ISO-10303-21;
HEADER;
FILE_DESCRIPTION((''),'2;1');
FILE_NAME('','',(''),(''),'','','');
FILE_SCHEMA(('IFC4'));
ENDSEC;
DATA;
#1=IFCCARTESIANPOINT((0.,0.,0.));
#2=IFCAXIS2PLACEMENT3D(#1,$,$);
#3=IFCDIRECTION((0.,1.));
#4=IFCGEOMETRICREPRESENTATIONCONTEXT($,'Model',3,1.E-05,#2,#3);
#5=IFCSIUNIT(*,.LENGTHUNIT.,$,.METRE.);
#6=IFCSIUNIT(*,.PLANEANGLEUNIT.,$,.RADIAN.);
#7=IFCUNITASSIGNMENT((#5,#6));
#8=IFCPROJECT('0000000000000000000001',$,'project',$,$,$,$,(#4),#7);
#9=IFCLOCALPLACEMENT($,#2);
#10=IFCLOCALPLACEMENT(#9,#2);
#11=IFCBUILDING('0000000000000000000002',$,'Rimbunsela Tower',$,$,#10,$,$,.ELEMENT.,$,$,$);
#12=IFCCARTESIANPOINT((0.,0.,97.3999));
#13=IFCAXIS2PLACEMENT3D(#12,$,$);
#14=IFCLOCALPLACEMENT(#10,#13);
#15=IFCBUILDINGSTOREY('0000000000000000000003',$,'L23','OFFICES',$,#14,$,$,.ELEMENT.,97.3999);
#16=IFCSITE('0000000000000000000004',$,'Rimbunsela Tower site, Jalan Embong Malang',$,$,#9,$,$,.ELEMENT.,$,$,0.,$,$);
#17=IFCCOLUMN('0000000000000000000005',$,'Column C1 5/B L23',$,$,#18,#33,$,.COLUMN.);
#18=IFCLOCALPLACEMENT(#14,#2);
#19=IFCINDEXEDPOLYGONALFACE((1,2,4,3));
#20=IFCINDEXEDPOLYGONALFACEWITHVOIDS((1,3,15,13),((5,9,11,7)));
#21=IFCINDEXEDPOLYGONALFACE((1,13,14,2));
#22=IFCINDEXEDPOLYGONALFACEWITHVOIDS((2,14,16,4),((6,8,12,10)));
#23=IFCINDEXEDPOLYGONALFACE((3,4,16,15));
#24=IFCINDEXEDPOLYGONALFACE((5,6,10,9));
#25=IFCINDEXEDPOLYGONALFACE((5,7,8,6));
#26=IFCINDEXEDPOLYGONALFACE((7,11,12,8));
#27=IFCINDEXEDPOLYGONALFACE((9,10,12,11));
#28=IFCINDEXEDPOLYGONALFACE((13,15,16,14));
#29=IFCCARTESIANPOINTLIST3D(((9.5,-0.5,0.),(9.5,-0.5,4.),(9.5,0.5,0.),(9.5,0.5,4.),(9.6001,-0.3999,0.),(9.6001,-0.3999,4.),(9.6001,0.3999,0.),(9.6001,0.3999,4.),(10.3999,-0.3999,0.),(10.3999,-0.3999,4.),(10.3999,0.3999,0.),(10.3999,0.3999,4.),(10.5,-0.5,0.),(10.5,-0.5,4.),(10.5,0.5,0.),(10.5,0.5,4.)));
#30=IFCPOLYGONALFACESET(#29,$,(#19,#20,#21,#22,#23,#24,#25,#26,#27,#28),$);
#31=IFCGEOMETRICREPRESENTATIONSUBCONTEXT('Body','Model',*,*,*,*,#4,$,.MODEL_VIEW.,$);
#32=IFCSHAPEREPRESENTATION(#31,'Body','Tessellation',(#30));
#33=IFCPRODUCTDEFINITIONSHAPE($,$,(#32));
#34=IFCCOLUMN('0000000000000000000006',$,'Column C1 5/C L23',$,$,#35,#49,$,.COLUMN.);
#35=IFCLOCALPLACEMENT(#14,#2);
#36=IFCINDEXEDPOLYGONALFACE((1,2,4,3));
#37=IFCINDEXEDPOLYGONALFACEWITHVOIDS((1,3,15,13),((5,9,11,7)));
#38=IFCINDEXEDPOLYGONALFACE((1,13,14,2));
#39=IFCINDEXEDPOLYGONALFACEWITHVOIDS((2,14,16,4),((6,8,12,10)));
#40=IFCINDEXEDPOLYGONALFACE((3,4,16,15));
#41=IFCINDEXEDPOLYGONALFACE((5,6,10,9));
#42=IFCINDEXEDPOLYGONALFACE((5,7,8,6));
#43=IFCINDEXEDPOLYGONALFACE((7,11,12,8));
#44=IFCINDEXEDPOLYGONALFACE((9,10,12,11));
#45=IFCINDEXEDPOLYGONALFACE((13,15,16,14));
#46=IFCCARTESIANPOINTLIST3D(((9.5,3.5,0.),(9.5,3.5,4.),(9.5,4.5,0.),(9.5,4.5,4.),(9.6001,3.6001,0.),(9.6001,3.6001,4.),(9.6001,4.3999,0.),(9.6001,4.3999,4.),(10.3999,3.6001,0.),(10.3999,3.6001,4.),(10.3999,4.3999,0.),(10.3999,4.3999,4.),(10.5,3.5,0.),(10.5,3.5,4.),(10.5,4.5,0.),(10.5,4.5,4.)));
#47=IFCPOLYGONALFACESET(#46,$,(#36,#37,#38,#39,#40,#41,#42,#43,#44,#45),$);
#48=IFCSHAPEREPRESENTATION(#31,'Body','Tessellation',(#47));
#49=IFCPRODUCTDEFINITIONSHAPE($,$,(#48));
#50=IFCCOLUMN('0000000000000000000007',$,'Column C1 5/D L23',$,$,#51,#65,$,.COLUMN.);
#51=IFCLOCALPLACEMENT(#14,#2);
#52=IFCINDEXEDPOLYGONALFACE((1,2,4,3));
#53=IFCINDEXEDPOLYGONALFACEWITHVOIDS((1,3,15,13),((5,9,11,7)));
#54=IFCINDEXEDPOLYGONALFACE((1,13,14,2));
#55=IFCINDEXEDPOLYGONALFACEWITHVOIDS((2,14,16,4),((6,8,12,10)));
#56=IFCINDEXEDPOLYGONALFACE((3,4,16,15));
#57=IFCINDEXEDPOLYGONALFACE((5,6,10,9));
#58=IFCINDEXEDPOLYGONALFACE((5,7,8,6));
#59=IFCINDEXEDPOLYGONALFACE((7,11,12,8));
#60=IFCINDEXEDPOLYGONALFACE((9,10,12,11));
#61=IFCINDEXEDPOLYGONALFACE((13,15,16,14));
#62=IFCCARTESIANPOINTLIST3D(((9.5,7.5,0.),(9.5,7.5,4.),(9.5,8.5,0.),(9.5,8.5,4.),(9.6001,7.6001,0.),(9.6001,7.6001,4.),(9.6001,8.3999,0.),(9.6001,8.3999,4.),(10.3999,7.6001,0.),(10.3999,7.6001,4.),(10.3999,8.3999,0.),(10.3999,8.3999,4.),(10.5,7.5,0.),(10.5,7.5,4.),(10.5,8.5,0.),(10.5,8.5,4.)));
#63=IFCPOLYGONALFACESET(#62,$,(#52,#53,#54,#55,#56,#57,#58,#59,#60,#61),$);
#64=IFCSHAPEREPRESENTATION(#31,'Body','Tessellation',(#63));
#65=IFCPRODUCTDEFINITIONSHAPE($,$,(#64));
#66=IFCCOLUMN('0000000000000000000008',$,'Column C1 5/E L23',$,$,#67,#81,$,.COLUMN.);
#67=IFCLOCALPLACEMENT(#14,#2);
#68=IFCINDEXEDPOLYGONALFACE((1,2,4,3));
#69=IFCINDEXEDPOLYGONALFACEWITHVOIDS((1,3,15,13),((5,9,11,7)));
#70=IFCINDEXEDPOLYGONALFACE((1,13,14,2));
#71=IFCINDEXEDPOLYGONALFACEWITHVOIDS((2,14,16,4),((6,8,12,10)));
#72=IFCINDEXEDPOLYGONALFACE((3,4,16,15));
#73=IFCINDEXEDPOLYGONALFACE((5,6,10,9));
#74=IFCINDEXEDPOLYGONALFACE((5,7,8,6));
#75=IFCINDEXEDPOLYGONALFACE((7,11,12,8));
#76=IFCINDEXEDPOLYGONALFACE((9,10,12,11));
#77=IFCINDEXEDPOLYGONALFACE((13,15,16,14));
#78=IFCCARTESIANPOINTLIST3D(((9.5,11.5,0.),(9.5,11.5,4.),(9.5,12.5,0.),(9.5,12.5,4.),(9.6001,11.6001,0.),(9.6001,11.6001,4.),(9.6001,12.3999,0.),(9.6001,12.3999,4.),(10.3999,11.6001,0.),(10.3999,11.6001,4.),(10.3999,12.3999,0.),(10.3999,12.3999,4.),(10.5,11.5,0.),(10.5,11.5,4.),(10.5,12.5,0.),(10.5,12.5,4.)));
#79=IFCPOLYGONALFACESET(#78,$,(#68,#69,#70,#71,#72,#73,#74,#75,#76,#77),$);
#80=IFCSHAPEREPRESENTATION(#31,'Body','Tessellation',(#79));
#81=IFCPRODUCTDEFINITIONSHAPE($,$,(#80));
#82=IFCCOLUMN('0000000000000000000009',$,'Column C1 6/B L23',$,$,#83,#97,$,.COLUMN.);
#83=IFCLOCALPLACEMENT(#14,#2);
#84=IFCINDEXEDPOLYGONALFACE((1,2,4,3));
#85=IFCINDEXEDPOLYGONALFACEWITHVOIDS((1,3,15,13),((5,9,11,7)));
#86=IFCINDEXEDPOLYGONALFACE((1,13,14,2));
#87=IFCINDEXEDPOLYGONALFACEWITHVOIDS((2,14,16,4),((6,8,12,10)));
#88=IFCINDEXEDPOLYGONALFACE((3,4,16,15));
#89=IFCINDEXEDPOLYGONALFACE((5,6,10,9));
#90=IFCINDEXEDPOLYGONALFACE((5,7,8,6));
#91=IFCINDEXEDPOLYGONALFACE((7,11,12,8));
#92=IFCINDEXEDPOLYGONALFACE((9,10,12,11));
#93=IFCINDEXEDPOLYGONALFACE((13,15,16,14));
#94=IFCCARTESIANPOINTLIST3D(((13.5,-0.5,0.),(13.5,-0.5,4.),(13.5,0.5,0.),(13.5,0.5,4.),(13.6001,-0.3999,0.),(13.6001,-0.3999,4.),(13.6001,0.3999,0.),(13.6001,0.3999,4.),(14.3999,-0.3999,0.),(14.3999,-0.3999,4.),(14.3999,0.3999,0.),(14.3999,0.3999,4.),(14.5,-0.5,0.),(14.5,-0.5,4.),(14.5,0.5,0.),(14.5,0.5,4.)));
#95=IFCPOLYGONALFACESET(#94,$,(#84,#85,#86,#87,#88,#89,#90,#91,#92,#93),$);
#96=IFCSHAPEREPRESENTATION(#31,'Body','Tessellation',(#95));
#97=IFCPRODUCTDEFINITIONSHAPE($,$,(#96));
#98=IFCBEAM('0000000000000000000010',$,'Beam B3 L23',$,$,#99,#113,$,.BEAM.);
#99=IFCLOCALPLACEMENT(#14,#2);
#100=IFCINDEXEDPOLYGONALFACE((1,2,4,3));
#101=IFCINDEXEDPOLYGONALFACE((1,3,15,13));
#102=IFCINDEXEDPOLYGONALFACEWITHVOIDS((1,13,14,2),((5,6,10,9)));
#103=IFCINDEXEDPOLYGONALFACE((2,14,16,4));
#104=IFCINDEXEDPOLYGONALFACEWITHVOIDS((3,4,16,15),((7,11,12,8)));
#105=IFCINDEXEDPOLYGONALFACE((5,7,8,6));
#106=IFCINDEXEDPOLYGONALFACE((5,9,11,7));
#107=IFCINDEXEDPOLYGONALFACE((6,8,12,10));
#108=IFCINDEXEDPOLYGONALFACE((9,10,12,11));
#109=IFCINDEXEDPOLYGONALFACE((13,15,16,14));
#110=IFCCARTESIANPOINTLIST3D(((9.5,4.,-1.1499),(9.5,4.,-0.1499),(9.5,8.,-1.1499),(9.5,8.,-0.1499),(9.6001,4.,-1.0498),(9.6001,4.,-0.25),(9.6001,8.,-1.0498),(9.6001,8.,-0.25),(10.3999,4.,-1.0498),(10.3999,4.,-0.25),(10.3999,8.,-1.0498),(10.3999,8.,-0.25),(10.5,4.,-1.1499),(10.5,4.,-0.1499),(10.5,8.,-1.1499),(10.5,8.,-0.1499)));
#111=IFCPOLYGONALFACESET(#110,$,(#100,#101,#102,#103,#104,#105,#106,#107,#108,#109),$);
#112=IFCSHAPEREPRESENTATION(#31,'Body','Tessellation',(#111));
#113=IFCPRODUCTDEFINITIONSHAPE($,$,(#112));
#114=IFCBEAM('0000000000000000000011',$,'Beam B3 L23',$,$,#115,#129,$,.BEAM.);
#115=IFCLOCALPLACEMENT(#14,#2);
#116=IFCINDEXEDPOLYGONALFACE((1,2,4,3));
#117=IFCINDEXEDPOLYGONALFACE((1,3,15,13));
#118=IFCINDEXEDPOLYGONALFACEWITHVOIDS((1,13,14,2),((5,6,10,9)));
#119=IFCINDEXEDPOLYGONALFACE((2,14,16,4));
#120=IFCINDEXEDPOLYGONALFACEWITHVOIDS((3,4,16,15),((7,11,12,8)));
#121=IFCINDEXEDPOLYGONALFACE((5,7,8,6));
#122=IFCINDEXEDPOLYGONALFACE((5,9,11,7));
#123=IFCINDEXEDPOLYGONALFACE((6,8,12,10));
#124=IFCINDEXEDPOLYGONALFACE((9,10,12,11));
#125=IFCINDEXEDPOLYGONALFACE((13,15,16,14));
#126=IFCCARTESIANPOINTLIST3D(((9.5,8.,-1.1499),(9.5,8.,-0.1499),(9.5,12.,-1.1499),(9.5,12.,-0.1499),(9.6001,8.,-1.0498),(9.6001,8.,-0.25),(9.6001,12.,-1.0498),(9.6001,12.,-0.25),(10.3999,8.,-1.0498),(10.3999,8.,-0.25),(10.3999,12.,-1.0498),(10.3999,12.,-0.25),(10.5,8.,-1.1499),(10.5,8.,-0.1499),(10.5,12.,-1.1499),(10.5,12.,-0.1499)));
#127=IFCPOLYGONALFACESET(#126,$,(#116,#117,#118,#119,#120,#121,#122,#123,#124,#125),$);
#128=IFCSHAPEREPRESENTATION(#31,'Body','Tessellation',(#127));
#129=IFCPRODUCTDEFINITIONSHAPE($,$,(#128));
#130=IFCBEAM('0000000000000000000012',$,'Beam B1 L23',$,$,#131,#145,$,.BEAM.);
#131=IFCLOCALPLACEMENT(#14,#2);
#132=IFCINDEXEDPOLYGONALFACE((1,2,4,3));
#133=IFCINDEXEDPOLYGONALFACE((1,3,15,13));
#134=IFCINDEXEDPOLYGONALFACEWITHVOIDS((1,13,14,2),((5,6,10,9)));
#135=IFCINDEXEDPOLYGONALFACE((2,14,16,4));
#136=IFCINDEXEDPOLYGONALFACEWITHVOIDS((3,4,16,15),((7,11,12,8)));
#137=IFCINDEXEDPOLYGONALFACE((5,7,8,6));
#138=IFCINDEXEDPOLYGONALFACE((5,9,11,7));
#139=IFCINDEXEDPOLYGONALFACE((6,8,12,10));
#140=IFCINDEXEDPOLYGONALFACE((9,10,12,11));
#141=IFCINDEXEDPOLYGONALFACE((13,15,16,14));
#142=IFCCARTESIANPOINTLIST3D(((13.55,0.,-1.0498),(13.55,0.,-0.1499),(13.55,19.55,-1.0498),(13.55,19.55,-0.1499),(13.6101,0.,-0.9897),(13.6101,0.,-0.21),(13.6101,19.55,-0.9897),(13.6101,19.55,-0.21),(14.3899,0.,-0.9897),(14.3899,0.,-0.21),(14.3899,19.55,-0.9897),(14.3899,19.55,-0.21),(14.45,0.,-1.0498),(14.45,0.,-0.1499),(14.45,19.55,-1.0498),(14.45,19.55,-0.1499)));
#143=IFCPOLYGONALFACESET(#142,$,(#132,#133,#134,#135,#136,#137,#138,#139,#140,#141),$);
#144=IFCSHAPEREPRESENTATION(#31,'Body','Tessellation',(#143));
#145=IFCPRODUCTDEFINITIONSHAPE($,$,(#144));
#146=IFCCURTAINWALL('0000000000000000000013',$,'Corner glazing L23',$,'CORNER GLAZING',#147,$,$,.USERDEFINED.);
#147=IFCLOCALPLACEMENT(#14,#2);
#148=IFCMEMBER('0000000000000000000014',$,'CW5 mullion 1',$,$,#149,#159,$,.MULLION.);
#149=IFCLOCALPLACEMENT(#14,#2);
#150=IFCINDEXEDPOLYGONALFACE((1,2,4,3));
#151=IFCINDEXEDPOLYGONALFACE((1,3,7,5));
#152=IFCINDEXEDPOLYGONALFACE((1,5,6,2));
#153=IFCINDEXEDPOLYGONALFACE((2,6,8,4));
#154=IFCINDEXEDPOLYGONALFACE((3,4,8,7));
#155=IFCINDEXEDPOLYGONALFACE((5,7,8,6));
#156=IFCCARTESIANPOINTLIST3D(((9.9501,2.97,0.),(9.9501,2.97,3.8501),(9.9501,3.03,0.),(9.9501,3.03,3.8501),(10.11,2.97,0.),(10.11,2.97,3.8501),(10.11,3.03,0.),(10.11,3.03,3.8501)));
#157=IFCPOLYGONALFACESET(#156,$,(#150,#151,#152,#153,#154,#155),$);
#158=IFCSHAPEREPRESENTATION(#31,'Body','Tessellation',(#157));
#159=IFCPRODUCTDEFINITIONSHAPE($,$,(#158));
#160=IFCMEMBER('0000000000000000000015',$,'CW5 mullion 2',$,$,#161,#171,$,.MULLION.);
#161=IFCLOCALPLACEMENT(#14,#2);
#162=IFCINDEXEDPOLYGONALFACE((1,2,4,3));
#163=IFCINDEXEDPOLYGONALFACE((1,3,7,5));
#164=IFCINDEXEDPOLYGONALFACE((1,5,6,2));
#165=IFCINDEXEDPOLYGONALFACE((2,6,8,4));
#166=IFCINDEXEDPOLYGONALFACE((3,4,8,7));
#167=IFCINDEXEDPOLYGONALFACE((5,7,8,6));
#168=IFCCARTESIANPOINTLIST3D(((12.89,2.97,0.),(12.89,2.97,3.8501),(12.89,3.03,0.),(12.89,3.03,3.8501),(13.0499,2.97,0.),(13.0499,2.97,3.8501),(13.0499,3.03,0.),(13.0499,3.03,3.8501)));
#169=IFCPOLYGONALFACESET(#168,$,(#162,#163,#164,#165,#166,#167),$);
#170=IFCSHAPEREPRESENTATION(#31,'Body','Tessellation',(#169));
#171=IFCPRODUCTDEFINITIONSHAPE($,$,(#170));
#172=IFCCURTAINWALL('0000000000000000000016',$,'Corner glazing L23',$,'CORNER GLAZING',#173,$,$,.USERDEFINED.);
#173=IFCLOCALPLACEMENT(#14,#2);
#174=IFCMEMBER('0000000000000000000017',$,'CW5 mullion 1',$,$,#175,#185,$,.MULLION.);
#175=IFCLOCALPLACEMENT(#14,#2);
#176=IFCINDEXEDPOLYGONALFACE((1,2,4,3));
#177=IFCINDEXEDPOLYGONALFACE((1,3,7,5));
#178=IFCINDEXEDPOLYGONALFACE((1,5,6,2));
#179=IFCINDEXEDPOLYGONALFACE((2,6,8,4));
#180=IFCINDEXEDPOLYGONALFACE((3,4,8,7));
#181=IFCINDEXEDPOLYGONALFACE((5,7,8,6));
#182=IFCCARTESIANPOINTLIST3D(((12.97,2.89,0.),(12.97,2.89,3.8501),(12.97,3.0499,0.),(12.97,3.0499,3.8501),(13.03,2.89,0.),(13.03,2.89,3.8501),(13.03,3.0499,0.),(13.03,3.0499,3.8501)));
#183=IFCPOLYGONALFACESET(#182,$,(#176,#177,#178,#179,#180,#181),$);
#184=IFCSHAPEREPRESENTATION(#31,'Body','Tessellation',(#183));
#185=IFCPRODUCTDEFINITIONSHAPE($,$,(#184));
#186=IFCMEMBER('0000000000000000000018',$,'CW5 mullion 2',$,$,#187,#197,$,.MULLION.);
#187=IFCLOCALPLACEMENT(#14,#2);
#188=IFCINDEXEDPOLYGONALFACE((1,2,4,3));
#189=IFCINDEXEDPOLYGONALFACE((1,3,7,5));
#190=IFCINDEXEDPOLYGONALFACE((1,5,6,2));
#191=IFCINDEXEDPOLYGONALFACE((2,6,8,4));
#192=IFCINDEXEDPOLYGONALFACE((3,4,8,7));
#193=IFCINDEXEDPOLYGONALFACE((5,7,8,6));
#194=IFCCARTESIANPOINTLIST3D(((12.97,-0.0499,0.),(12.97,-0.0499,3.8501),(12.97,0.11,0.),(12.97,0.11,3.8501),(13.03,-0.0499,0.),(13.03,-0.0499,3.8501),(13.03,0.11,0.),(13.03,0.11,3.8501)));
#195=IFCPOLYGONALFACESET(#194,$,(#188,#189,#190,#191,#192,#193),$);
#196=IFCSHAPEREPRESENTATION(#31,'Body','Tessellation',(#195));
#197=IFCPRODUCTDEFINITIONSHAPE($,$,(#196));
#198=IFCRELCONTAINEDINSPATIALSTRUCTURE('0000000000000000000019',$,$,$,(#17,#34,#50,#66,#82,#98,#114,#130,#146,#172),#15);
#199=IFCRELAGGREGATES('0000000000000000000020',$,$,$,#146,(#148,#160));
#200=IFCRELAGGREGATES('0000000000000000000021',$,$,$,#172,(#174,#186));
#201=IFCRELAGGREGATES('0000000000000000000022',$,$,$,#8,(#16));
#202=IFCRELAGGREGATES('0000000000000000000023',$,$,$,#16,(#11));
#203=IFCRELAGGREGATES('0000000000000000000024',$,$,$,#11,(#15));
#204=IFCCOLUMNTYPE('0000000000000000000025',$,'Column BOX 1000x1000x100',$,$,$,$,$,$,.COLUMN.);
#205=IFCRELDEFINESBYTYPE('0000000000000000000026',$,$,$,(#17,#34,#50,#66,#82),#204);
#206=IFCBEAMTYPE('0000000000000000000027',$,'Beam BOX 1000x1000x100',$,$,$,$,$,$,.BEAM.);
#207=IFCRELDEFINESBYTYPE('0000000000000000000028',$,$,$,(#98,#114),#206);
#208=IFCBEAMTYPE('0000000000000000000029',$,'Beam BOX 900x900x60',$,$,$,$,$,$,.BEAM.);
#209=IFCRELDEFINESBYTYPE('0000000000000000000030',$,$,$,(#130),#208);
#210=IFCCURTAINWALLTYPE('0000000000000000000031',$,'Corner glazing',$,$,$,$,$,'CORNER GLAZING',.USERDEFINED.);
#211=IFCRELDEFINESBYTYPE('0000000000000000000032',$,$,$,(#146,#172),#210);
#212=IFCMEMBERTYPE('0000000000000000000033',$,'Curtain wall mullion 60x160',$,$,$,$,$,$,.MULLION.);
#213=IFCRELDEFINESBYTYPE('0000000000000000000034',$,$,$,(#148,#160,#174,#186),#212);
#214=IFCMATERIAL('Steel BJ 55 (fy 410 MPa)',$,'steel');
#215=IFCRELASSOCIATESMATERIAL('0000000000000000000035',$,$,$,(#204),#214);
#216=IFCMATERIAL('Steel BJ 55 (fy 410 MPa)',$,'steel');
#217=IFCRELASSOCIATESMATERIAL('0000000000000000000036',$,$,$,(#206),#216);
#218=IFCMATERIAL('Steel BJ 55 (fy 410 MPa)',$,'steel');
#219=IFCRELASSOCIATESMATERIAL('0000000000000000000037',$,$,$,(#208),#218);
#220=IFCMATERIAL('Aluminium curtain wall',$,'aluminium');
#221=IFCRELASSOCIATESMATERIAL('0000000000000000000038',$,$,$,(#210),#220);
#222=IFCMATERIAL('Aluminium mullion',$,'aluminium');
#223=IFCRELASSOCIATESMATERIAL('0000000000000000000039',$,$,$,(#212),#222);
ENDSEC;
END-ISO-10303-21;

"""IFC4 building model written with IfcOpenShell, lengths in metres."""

from ifc_helpers import new_model, si_unit, direction, frame, origin, origin_2d, place, context, subcontext, project, spatial, rectangle, hollow_rectangle, extrude, material, material_profile, profile_set, type_object, element, aggregate, save


model = new_model("IFC4")

# Units and contexts
model_context = context("Model", 3, precision=1e-05, world=origin(), true_north=direction((0.0, 1.0)))
body_context = subcontext(model_context, "Body", "Model", "MODEL_VIEW")
ifc_project = project(units=[si_unit("LENGTHUNIT", "METRE"), si_unit("PLANEANGLEUNIT", "RADIAN")], contexts=[model_context])

# Site, building, storey
site_placement = place(None, origin())
site = spatial("IfcSite", under=ifc_project, at=site_placement, Name="Rimbunsela Tower site, Jalan Embong Malang", CompositionType="ELEMENT", RefElevation=0.0)
building_placement = place(site_placement, origin())
building = spatial("IfcBuilding", under=site, at=building_placement, Name="Rimbunsela Tower", CompositionType="ELEMENT")
storey_placement = place(building_placement, frame((0.0, 0.0, 97.3999)))
storey = spatial("IfcBuildingStorey", under=building, at=storey_placement, Name="L23", Description="OFFICES", CompositionType="ELEMENT", Elevation=97.3999)

# Columns
ifc_material_1 = material(Name="Steel BJ 55 (fy 410 MPa)", Category="steel")
ifc_material_profile_1 = material_profile(ifc_material_1, hollow_rectangle(XDim=1.0, YDim=1.0, WallThickness=0.1001, at=origin_2d()), Name="BOX 1000x1000x100")
ifc_profile_set_1 = profile_set([ifc_material_profile_1], Name="Steel BJ 55 (fy 410 MPa)")
column_type = type_object("IfcColumnType", Name="Column BOX 1000x1000x100", PredefinedType="COLUMN", material=ifc_profile_set_1)
for number, where, z_axis, x_axis, name in (
    (1, (10.0, 0.0, 0.0), (0.0, 0.0, 1.0), (1.0, 0.0, 0.0), "Column C1 5/B L23"),
    (2, (10.0, 4.0, 0.0), (0.0, 0.0, 1.0), (1.0, 0.0, 0.0), "Column C1 5/C L23"),
    (3, (10.0, 8.0, 0.0), (0.0, 0.0, 1.0), (1.0, 0.0, 0.0), "Column C1 5/D L23"),
    (4, (10.0, 12.0, 0.0), (0.0, 0.0, 1.0), (1.0, 0.0, 0.0), "Column C1 5/E L23"),
    (5, (14.0, 0.0, 0.0), (0.0, 0.0, 1.0), (1.0, 0.0, 0.0), "Column C1 6/B L23"),
):
    element("IfcColumn", number, at=place(storey_placement, frame(where, z_axis=z_axis, x_axis=x_axis)), inside=storey, type_object=column_type, Name=name, PredefinedType="COLUMN", context=body_context, shape_type="SweptSolid", body=[
        extrude(hollow_rectangle(XDim=1.0, YDim=1.0, WallThickness=0.1001, at=origin_2d()), origin(), (0.0, 0.0, 1.0), 4.0),
    ])

# Beams
ifc_material_2 = material(Name="Steel BJ 55 (fy 410 MPa)", Category="steel")
ifc_material_profile_2 = material_profile(ifc_material_2, hollow_rectangle(XDim=1.0, YDim=1.0, WallThickness=0.1001, at=origin_2d()), Name="BOX 1000x1000x100")
ifc_profile_set_2 = profile_set([ifc_material_profile_2], Name="Steel BJ 55 (fy 410 MPa)")
beam_type_1 = type_object("IfcBeamType", Name="Beam BOX 1000x1000x100", PredefinedType="BEAM", material=ifc_profile_set_2)
for number, where, z_axis, x_axis, name in (
    (6, (10.0, 4.0, -0.6499), (0.0, 1.0, 0.0), (-1.0, 0.0, 0.0), "Beam B3 L23"),
    (7, (10.0, 8.0, -0.6499), (0.0, 1.0, 0.0), (-1.0, 0.0, 0.0), "Beam B3 L23"),
):
    element("IfcBeam", number, at=place(storey_placement, frame(where, z_axis=z_axis, x_axis=x_axis)), inside=storey, type_object=beam_type_1, Name=name, PredefinedType="BEAM", context=body_context, shape_type="SweptSolid", body=[
        extrude(hollow_rectangle(XDim=1.0, YDim=1.0, WallThickness=0.1001, at=origin_2d()), origin(), (0.0, 0.0, 1.0), 4.0),
    ])
ifc_material_3 = material(Name="Steel BJ 55 (fy 410 MPa)", Category="steel")
ifc_material_profile_3 = material_profile(ifc_material_3, hollow_rectangle(XDim=0.8999, YDim=0.8999, WallThickness=0.0601, at=origin_2d()), Name="BOX 900x900x60")
ifc_profile_set_3 = profile_set([ifc_material_profile_3], Name="Steel BJ 55 (fy 410 MPa)")
beam_type_2 = type_object("IfcBeamType", Name="Beam BOX 900x900x60", PredefinedType="BEAM", material=ifc_profile_set_3)
beam_placement = place(storey_placement, frame((14.0, 0.0, -0.5999), z_axis=(0.0, 1.0, 0.0), x_axis=(-1.0, 0.0, 0.0)))
element("IfcBeam", 8, at=beam_placement, inside=storey, type_object=beam_type_2, Name="Beam B1 L23", PredefinedType="BEAM", context=body_context, shape_type="SweptSolid", body=[
    extrude(hollow_rectangle(XDim=0.8999, YDim=0.8999, WallThickness=0.0601, at=origin_2d()), origin(), (0.0, 0.0, 1.0), 19.55),
])

# Curtain walls, members
ifc_material_4 = material(Name="Aluminium curtain wall", Category="aluminium")
curtain_wall_type = type_object("IfcCurtainWallType", Name="Corner glazing", ElementType="CORNER GLAZING", PredefinedType="USERDEFINED", material=ifc_material_4)
curtain_wall_1_placement = place(storey_placement, origin())
curtain_wall_1 = element("IfcCurtainWall", 9, at=curtain_wall_1_placement, inside=storey, type_object=curtain_wall_type, Name="Corner glazing L23", ObjectType="CORNER GLAZING", PredefinedType="USERDEFINED")
ifc_material_5 = material(Name="Aluminium mullion", Category="aluminium")
ifc_material_profile_4 = material_profile(ifc_material_5, rectangle(XDim=0.0601, YDim=0.1599, at=origin_2d()), Name="Mullion 60x160")
ifc_profile_set_4 = profile_set([ifc_material_profile_4], Name="Aluminium mullion")
member_type_1 = type_object("IfcMemberType", Name="Curtain wall mullion 60x160", PredefinedType="MULLION", material=ifc_profile_set_4)
member_1_placement = place(storey_placement, frame((10.03, 3.0, 0.0), z_axis=(0.0, 0.0, 1.0), x_axis=(0.0, 1.0, 0.0)))
member_1 = element("IfcMember", 10, at=member_1_placement, type_object=member_type_1, Name="CW5 mullion 1", PredefinedType="MULLION", context=body_context, shape_type="SweptSolid", body=[
    extrude(rectangle(XDim=0.0601, YDim=0.1599, at=origin_2d()), origin(), (0.0, 0.0, 1.0), 3.8501),
])
member_2_placement = place(storey_placement, frame((12.97, 3.0, 0.0), z_axis=(0.0, 0.0, 1.0), x_axis=(0.0, 1.0, 0.0)))
member_2 = element("IfcMember", 11, at=member_2_placement, type_object=member_type_1, Name="CW5 mullion 2", PredefinedType="MULLION", context=body_context, shape_type="SweptSolid", body=[
    extrude(rectangle(XDim=0.0601, YDim=0.1599, at=origin_2d()), origin(), (0.0, 0.0, 1.0), 3.8501),
])
curtain_wall_2_placement = place(storey_placement, origin())
curtain_wall_2 = element("IfcCurtainWall", 12, at=curtain_wall_2_placement, inside=storey, type_object=curtain_wall_type, Name="Corner glazing L23", ObjectType="CORNER GLAZING", PredefinedType="USERDEFINED")
member_3_placement = place(storey_placement, frame((13.0, 2.97, 0.0), z_axis=(0.0, 0.0, 1.0), x_axis=(1.0, 0.0, 0.0)))
member_3 = element("IfcMember", 13, at=member_3_placement, type_object=member_type_1, Name="CW5 mullion 1", PredefinedType="MULLION", context=body_context, shape_type="SweptSolid", body=[
    extrude(rectangle(XDim=0.0601, YDim=0.1599, at=origin_2d()), origin(), (0.0, 0.0, 1.0), 3.8501),
])
member_4_placement = place(storey_placement, frame((13.0, 0.03, 0.0), z_axis=(0.0, 0.0, 1.0), x_axis=(1.0, 0.0, 0.0)))
member_4 = element("IfcMember", 14, at=member_4_placement, type_object=member_type_1, Name="CW5 mullion 2", PredefinedType="MULLION", context=body_context, shape_type="SweptSolid", body=[
    extrude(rectangle(XDim=0.0601, YDim=0.1599, at=origin_2d()), origin(), (0.0, 0.0, 1.0), 3.8501),
])

aggregate(curtain_wall_1, [member_1, member_2])
aggregate(curtain_wall_2, [member_3, member_4])

save(model, "model.ifc")
